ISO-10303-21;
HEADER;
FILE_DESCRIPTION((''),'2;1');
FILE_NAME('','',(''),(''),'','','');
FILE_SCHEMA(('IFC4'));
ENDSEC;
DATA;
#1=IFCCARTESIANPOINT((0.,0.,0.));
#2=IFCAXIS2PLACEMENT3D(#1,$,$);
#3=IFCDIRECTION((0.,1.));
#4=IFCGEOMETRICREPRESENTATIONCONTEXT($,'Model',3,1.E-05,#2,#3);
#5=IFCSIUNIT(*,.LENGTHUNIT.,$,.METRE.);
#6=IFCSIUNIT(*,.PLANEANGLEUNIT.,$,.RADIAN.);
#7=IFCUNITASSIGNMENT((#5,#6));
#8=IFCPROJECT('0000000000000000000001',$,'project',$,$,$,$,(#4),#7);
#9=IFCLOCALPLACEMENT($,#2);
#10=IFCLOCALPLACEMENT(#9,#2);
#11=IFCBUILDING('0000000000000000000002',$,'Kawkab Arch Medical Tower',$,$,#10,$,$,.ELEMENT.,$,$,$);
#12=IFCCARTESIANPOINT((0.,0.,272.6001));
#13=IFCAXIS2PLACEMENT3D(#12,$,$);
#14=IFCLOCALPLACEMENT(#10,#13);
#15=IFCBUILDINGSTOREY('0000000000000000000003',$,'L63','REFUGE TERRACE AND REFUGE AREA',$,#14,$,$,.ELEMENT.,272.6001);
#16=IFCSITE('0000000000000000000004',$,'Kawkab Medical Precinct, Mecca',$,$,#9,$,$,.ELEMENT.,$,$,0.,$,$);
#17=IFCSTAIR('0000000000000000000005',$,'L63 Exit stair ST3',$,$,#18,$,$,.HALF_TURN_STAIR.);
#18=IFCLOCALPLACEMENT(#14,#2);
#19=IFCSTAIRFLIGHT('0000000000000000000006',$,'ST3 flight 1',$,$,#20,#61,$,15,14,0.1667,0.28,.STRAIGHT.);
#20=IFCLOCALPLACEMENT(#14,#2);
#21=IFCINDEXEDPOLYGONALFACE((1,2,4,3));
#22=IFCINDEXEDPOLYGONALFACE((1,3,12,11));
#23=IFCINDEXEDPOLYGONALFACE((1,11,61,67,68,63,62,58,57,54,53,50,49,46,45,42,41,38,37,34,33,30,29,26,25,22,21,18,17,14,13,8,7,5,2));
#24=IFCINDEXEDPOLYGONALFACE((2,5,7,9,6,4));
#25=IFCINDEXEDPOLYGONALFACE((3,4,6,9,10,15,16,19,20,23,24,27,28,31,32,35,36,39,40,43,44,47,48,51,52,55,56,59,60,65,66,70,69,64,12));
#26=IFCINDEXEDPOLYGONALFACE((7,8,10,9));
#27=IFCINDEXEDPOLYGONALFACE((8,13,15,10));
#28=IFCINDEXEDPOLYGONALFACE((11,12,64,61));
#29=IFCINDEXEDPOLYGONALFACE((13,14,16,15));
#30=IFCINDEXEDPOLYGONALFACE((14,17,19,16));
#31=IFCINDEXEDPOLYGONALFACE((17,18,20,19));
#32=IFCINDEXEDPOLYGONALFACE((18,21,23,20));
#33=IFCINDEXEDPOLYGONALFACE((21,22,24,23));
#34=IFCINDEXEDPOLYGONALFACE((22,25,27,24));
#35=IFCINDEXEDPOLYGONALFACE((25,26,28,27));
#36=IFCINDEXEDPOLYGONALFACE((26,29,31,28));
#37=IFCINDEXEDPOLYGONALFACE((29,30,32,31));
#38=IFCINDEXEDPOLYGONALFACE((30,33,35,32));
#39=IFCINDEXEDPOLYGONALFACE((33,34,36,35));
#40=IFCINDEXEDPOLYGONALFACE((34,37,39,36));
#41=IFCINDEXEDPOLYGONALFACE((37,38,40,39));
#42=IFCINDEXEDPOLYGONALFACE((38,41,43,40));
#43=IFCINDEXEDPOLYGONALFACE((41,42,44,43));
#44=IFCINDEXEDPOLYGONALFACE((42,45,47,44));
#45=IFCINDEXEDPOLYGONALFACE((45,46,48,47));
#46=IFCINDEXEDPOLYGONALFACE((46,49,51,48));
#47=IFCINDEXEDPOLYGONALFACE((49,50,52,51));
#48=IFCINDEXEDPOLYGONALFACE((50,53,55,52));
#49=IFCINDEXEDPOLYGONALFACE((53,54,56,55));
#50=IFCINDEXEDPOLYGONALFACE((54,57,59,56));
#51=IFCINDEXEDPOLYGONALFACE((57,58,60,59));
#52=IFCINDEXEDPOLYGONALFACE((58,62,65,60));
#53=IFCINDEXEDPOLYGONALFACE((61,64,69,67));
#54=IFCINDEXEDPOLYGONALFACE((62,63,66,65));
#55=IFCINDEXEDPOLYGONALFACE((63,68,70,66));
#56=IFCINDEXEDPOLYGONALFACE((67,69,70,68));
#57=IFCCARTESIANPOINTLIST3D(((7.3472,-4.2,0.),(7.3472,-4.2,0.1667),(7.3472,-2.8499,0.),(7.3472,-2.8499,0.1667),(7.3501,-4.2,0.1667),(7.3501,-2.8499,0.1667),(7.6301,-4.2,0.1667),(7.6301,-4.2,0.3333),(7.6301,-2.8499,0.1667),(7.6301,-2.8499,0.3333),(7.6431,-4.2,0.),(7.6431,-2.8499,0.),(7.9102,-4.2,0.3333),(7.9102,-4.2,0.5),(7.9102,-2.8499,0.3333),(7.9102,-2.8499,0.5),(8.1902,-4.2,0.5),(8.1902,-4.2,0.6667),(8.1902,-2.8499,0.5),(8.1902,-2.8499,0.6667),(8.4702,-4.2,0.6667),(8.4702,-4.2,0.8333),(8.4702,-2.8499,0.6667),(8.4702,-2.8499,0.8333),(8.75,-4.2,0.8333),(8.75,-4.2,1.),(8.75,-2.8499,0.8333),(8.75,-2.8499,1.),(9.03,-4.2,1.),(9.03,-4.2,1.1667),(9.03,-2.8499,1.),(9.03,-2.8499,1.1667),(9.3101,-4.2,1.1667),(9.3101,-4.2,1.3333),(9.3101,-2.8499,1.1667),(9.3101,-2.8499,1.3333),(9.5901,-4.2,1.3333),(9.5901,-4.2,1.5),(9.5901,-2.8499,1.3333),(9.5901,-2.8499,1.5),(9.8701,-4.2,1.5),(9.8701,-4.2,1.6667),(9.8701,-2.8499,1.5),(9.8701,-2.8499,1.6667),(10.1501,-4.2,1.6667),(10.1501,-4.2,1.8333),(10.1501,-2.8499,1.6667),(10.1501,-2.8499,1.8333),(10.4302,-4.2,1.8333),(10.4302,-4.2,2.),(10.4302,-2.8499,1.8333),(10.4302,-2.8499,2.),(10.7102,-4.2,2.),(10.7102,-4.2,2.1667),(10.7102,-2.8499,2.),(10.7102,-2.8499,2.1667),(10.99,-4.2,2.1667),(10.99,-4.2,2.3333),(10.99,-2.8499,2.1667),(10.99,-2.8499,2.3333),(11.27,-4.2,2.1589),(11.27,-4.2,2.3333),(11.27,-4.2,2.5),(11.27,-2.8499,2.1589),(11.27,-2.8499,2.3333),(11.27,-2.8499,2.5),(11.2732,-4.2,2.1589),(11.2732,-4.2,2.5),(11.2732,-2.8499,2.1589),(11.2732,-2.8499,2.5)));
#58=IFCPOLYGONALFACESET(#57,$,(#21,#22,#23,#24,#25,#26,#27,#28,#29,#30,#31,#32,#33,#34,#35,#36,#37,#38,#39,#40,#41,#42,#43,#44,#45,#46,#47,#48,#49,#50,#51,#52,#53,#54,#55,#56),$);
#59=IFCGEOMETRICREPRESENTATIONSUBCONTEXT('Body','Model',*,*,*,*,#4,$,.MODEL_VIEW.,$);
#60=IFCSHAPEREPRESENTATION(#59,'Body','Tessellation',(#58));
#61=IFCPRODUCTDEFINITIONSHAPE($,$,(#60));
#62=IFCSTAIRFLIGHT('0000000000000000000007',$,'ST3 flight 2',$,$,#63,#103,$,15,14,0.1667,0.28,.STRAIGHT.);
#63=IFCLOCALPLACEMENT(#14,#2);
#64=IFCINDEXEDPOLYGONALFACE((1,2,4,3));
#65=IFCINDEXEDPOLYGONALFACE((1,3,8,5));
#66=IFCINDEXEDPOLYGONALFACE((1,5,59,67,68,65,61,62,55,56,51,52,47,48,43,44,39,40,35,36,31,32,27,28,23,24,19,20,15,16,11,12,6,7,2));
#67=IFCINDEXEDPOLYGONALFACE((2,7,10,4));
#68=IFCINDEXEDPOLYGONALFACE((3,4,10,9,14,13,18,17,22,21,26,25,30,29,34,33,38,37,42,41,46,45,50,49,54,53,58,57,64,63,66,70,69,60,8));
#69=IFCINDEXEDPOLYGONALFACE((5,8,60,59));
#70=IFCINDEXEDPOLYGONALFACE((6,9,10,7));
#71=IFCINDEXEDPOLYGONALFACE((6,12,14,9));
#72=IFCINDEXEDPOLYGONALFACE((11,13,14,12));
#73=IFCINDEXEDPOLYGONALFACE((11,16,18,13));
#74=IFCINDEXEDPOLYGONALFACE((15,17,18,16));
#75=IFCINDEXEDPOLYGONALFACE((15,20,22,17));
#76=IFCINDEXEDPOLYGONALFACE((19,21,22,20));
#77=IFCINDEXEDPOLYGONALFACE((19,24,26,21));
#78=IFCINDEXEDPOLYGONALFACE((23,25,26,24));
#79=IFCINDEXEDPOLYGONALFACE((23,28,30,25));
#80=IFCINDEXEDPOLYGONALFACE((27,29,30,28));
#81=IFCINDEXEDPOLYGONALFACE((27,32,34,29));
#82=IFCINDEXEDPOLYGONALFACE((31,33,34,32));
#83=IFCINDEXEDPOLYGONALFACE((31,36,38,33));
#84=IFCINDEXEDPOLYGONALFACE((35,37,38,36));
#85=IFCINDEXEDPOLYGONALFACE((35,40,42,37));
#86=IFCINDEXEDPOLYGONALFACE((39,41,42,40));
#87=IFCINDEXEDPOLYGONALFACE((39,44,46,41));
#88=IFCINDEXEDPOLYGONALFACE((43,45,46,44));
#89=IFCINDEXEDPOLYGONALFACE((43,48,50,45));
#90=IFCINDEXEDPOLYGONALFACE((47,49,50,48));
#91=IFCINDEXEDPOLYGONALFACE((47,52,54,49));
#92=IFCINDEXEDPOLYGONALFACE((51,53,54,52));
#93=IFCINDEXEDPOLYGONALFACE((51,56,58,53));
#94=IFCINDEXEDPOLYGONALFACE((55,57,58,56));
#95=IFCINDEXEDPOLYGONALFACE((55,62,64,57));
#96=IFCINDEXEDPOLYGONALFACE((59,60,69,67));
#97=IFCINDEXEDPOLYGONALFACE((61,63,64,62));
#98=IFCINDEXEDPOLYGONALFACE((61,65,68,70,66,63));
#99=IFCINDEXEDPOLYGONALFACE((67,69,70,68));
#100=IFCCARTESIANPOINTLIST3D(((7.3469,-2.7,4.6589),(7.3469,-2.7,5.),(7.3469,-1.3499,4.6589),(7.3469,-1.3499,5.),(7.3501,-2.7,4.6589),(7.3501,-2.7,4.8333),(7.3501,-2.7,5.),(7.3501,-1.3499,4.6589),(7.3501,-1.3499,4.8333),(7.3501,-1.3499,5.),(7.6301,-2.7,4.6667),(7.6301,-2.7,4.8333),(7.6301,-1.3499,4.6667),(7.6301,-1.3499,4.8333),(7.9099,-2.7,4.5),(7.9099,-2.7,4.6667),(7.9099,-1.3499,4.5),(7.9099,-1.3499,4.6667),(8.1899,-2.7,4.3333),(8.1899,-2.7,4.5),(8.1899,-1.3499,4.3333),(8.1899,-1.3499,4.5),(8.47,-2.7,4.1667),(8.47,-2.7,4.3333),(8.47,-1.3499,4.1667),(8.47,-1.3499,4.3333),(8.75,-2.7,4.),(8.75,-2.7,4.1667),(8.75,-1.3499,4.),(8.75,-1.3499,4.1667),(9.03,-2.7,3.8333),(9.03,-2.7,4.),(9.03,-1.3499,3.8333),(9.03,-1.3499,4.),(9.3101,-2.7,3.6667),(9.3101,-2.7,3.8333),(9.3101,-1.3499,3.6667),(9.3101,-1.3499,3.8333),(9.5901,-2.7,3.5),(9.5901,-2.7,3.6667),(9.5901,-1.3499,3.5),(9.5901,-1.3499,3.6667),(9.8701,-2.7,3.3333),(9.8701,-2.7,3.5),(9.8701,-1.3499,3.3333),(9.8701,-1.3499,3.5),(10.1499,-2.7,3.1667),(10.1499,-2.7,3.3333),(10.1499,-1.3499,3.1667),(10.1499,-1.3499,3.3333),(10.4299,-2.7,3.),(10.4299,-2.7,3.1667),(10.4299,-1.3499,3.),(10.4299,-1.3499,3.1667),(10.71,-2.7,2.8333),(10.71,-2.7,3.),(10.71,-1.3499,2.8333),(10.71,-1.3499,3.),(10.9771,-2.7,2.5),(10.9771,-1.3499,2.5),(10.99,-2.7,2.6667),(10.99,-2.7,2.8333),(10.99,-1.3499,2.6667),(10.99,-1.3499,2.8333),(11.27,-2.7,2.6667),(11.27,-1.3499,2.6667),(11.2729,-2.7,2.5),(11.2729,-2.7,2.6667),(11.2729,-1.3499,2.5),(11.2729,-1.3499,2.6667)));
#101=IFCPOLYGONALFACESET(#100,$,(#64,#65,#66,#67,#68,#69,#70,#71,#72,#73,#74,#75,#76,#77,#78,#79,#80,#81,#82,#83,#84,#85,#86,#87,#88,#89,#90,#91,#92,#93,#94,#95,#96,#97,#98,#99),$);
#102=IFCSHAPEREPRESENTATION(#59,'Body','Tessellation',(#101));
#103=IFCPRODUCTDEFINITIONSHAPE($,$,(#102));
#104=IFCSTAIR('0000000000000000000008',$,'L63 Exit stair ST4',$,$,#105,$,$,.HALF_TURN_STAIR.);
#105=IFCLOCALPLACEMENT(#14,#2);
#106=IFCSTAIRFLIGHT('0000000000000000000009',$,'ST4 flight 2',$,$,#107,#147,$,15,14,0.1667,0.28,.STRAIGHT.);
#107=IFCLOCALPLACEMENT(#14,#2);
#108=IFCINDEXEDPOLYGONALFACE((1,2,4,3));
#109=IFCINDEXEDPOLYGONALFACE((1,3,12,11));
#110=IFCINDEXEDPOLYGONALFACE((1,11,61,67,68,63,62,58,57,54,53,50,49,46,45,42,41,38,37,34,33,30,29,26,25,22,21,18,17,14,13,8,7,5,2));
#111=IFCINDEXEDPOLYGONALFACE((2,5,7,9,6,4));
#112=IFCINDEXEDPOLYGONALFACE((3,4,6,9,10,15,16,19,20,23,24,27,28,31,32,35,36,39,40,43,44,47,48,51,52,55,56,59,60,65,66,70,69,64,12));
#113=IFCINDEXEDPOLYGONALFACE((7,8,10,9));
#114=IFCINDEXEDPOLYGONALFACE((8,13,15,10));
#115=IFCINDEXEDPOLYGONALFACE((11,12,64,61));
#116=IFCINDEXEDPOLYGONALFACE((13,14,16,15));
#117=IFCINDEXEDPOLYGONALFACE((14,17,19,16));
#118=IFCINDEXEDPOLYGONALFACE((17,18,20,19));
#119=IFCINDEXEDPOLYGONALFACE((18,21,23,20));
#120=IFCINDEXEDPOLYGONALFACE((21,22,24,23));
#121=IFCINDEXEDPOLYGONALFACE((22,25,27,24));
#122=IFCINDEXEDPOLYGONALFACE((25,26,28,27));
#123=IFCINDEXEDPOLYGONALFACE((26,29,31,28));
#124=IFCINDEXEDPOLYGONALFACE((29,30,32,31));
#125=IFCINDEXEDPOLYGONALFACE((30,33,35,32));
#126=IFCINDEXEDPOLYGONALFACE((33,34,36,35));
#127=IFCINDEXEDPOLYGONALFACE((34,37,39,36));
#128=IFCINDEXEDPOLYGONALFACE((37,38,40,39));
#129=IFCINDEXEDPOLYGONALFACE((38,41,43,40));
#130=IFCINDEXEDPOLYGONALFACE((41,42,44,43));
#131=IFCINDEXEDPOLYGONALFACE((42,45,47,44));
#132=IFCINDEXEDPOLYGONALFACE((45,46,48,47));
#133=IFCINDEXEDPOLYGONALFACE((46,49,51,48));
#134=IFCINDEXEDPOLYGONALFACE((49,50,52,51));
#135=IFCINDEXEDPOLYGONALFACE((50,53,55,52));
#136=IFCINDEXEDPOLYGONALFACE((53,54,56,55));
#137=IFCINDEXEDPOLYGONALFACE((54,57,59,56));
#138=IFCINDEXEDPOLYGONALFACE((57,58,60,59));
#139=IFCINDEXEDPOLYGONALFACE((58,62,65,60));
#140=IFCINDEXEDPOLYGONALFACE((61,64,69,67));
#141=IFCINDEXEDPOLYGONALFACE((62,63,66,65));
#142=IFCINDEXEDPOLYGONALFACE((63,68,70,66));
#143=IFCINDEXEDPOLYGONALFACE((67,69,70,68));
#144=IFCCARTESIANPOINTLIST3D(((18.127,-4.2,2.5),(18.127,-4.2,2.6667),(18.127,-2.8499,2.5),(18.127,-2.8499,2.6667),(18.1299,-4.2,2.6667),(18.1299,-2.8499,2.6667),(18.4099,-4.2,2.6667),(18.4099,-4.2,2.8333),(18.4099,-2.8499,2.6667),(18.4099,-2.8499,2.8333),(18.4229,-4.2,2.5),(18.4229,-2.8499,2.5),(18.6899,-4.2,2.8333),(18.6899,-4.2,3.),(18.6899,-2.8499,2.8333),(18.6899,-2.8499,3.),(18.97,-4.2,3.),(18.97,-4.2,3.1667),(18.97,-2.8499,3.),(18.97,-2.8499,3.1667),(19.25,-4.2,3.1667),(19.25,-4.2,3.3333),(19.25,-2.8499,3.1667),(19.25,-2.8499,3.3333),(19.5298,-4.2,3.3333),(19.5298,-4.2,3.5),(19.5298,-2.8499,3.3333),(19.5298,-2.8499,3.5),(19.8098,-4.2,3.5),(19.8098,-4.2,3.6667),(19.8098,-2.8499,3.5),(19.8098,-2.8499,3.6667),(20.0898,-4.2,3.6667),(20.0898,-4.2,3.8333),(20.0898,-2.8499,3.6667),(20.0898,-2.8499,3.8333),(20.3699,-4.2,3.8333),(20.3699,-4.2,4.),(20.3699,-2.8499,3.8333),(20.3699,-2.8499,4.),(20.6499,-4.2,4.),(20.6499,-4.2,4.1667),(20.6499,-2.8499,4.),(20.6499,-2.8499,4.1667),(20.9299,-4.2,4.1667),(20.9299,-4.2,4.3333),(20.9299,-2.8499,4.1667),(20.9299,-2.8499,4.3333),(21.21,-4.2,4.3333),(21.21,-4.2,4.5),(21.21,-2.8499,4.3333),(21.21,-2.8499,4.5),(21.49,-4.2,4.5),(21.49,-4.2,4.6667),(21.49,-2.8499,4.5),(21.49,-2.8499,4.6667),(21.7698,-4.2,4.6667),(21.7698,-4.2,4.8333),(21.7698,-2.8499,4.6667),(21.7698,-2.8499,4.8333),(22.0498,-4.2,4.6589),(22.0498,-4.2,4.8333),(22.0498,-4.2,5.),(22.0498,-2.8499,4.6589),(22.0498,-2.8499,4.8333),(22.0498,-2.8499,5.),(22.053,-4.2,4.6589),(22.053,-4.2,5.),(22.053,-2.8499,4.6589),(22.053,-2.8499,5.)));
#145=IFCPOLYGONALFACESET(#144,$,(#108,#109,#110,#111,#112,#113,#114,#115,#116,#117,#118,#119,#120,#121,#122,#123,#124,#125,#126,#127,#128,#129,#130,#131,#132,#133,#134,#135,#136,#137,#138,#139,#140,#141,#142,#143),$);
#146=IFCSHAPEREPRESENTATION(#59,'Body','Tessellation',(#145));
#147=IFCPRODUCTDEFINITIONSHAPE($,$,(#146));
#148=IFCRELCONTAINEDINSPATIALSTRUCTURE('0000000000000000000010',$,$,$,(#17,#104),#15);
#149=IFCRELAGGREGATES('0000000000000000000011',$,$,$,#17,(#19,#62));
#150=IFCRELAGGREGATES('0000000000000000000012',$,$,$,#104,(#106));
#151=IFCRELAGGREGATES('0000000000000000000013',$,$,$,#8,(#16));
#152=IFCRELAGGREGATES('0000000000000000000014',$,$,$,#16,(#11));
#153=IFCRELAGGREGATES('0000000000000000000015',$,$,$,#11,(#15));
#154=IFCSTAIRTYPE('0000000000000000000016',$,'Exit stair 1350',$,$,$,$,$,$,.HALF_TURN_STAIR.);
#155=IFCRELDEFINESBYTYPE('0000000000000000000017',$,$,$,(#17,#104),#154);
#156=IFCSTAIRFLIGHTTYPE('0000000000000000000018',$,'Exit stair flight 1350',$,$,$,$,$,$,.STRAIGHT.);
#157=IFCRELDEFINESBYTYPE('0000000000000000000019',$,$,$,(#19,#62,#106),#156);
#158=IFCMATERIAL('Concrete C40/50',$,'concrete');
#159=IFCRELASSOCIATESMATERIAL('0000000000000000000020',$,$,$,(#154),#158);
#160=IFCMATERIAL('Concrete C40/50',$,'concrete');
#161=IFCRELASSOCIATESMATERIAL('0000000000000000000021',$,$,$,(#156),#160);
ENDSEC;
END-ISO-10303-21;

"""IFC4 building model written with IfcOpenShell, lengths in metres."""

from ifc_helpers import new_model, si_unit, direction, frame, origin, place, context, subcontext, project, spatial, polyline, outline, extrude, material, type_object, element, aggregate, save


model = new_model("IFC4")

# Units and contexts
model_context = context("Model", 3, precision=1e-05, world=origin(), true_north=direction((0.0, 1.0)))
body_context = subcontext(model_context, "Body", "Model", "MODEL_VIEW")
ifc_project = project(units=[si_unit("LENGTHUNIT", "METRE"), si_unit("PLANEANGLEUNIT", "RADIAN")], contexts=[model_context])

# Site, building, storey
site_placement = place(None, origin())
site = spatial("IfcSite", under=ifc_project, at=site_placement, Name="Kawkab Medical Precinct, Mecca", CompositionType="ELEMENT", RefElevation=0.0)
building_placement = place(site_placement, origin())
building = spatial("IfcBuilding", under=site, at=building_placement, Name="Kawkab Arch Medical Tower", CompositionType="ELEMENT")
storey_placement = place(building_placement, frame((0.0, 0.0, 272.6001)))
storey = spatial("IfcBuildingStorey", under=building, at=storey_placement, Name="L63", Description="REFUGE TERRACE AND REFUGE AREA", CompositionType="ELEMENT", Elevation=272.6001)

# Stair, stair flights
ifc_material_1 = material(Name="Concrete C40/50", Category="concrete")
stair_type = type_object("IfcStairType", Name="Exit stair 1350", PredefinedType="HALF_TURN_STAIR", material=ifc_material_1)
placement = place(storey_placement, origin())
stair_1 = element("IfcStair", 1, at=placement, inside=storey, type_object=stair_type, Name="L63 Exit stair ST3", PredefinedType="HALF_TURN_STAIR")
ifc_material_2 = material(Name="Concrete C40/50", Category="concrete")
stair_flight_type = type_object("IfcStairFlightType", Name="Exit stair flight 1350", PredefinedType="STRAIGHT", material=ifc_material_2)
stair_flight_1_placement = place(storey_placement, frame((7.3501, -3.5249, 0.0), z_axis=(0.0, 0.0, 1.0), x_axis=(1.0, 0.0, 0.0)))
stair_flight_1 = element("IfcStairFlight", 2, at=stair_flight_1_placement, type_object=stair_flight_type, Name="ST3 flight 1", NumberOfRisers=15, NumberOfTreads=14, PredefinedType="STRAIGHT", RiserHeight=0.1667, TreadLength=0.28, context=body_context, shape_type="SweptSolid", body=[
    extrude(outline(polyline([(-0.0029, 0.0), (-0.0029, 0.1667), (0.0, 0.1667), (0.28, 0.1667), (0.28, 0.3333), (0.5601, 0.3333), (0.5601, 0.5), (0.8401, 0.5), (0.8401, 0.6667), (1.1201, 0.6667), (1.1201, 0.8333), (1.3999, 0.8333), (1.3999, 1.0), (1.6799, 1.0), (1.6799, 1.1667), (1.96, 1.1667), (1.96, 1.3333), (2.24, 1.3333), (2.24, 1.5), (2.52, 1.5), (2.52, 1.6667), (2.8, 1.6667), (2.8, 1.8333), (3.0801, 1.8333), (3.0801, 2.0), (3.3601, 2.0), (3.3601, 2.1667), (3.6399, 2.1667), (3.6399, 2.3333), (3.9199, 2.3333), (3.9199, 2.5), (3.9231, 2.5), (3.9231, 2.1589), (3.9199, 2.1589), (0.293, 0.0), (-0.0029, 0.0)])), frame((0.0, 0.675, 0.0), z_axis=(0.0, -1.0, 0.0), x_axis=(1.0, 0.0, 0.0)), (0.0, 0.0, 1.0), 1.3501),
])
stair_flight_2_placement = place(storey_placement, frame((11.27, -2.0249, 2.5), z_axis=(0.0, 0.0, 1.0), x_axis=(-1.0, 0.0, 0.0)))
stair_flight_2 = element("IfcStairFlight", 3, at=stair_flight_2_placement, type_object=stair_flight_type, Name="ST3 flight 2", NumberOfRisers=15, NumberOfTreads=14, PredefinedType="STRAIGHT", RiserHeight=0.1667, TreadLength=0.28, context=body_context, shape_type="SweptSolid", body=[
    extrude(outline(polyline([(-0.0029, 0.0), (-0.0029, 0.1667), (0.0, 0.1667), (0.28, 0.1667), (0.28, 0.3333), (0.5601, 0.3333), (0.5601, 0.5), (0.8401, 0.5), (0.8401, 0.6667), (1.1201, 0.6667), (1.1201, 0.8333), (1.3999, 0.8333), (1.3999, 1.0), (1.6799, 1.0), (1.6799, 1.1667), (1.96, 1.1667), (1.96, 1.3333), (2.24, 1.3333), (2.24, 1.5), (2.52, 1.5), (2.52, 1.6667), (2.8, 1.6667), (2.8, 1.8333), (3.0801, 1.8333), (3.0801, 2.0), (3.3601, 2.0), (3.3601, 2.1667), (3.6399, 2.1667), (3.6399, 2.3333), (3.9199, 2.3333), (3.9199, 2.5), (3.9231, 2.5), (3.9231, 2.1589), (3.9199, 2.1589), (0.293, 0.0), (-0.0029, 0.0)])), frame((0.0, 0.675, 0.0), z_axis=(0.0, -1.0, 0.0), x_axis=(1.0, 0.0, 0.0)), (0.0, 0.0, 1.0), 1.3501),
])
aggregate(stair_1, [stair_flight_1, stair_flight_2])

# Stair, stair flight
stair_2 = element("IfcStair", 4, at=placement, inside=storey, type_object=stair_type, Name="L63 Exit stair ST4", PredefinedType="HALF_TURN_STAIR")
stair_flight_3_placement = place(storey_placement, frame((18.1299, -3.5249, 2.5), z_axis=(0.0, 0.0, 1.0), x_axis=(1.0, 0.0, 0.0)))
stair_flight_3 = element("IfcStairFlight", 5, at=stair_flight_3_placement, type_object=stair_flight_type, Name="ST4 flight 2", NumberOfRisers=15, NumberOfTreads=14, PredefinedType="STRAIGHT", RiserHeight=0.1667, TreadLength=0.28, context=body_context, shape_type="SweptSolid", body=[
    extrude(outline(polyline([(-0.0029, 0.0), (-0.0029, 0.1667), (0.0, 0.1667), (0.28, 0.1667), (0.28, 0.3333), (0.5601, 0.3333), (0.5601, 0.5), (0.8401, 0.5), (0.8401, 0.6667), (1.1201, 0.6667), (1.1201, 0.8333), (1.3999, 0.8333), (1.3999, 1.0), (1.6799, 1.0), (1.6799, 1.1667), (1.96, 1.1667), (1.96, 1.3333), (2.24, 1.3333), (2.24, 1.5), (2.52, 1.5), (2.52, 1.6667), (2.8, 1.6667), (2.8, 1.8333), (3.0801, 1.8333), (3.0801, 2.0), (3.3601, 2.0), (3.3601, 2.1667), (3.6399, 2.1667), (3.6399, 2.3333), (3.9199, 2.3333), (3.9199, 2.5), (3.9231, 2.5), (3.9231, 2.1589), (3.9199, 2.1589), (0.293, 0.0), (-0.0029, 0.0)])), frame((0.0, 0.675, 0.0), z_axis=(0.0, -1.0, 0.0), x_axis=(1.0, 0.0, 0.0)), (0.0, 0.0, 1.0), 1.3501),
])
aggregate(stair_2, [stair_flight_3])

save(model, "model.ifc")
